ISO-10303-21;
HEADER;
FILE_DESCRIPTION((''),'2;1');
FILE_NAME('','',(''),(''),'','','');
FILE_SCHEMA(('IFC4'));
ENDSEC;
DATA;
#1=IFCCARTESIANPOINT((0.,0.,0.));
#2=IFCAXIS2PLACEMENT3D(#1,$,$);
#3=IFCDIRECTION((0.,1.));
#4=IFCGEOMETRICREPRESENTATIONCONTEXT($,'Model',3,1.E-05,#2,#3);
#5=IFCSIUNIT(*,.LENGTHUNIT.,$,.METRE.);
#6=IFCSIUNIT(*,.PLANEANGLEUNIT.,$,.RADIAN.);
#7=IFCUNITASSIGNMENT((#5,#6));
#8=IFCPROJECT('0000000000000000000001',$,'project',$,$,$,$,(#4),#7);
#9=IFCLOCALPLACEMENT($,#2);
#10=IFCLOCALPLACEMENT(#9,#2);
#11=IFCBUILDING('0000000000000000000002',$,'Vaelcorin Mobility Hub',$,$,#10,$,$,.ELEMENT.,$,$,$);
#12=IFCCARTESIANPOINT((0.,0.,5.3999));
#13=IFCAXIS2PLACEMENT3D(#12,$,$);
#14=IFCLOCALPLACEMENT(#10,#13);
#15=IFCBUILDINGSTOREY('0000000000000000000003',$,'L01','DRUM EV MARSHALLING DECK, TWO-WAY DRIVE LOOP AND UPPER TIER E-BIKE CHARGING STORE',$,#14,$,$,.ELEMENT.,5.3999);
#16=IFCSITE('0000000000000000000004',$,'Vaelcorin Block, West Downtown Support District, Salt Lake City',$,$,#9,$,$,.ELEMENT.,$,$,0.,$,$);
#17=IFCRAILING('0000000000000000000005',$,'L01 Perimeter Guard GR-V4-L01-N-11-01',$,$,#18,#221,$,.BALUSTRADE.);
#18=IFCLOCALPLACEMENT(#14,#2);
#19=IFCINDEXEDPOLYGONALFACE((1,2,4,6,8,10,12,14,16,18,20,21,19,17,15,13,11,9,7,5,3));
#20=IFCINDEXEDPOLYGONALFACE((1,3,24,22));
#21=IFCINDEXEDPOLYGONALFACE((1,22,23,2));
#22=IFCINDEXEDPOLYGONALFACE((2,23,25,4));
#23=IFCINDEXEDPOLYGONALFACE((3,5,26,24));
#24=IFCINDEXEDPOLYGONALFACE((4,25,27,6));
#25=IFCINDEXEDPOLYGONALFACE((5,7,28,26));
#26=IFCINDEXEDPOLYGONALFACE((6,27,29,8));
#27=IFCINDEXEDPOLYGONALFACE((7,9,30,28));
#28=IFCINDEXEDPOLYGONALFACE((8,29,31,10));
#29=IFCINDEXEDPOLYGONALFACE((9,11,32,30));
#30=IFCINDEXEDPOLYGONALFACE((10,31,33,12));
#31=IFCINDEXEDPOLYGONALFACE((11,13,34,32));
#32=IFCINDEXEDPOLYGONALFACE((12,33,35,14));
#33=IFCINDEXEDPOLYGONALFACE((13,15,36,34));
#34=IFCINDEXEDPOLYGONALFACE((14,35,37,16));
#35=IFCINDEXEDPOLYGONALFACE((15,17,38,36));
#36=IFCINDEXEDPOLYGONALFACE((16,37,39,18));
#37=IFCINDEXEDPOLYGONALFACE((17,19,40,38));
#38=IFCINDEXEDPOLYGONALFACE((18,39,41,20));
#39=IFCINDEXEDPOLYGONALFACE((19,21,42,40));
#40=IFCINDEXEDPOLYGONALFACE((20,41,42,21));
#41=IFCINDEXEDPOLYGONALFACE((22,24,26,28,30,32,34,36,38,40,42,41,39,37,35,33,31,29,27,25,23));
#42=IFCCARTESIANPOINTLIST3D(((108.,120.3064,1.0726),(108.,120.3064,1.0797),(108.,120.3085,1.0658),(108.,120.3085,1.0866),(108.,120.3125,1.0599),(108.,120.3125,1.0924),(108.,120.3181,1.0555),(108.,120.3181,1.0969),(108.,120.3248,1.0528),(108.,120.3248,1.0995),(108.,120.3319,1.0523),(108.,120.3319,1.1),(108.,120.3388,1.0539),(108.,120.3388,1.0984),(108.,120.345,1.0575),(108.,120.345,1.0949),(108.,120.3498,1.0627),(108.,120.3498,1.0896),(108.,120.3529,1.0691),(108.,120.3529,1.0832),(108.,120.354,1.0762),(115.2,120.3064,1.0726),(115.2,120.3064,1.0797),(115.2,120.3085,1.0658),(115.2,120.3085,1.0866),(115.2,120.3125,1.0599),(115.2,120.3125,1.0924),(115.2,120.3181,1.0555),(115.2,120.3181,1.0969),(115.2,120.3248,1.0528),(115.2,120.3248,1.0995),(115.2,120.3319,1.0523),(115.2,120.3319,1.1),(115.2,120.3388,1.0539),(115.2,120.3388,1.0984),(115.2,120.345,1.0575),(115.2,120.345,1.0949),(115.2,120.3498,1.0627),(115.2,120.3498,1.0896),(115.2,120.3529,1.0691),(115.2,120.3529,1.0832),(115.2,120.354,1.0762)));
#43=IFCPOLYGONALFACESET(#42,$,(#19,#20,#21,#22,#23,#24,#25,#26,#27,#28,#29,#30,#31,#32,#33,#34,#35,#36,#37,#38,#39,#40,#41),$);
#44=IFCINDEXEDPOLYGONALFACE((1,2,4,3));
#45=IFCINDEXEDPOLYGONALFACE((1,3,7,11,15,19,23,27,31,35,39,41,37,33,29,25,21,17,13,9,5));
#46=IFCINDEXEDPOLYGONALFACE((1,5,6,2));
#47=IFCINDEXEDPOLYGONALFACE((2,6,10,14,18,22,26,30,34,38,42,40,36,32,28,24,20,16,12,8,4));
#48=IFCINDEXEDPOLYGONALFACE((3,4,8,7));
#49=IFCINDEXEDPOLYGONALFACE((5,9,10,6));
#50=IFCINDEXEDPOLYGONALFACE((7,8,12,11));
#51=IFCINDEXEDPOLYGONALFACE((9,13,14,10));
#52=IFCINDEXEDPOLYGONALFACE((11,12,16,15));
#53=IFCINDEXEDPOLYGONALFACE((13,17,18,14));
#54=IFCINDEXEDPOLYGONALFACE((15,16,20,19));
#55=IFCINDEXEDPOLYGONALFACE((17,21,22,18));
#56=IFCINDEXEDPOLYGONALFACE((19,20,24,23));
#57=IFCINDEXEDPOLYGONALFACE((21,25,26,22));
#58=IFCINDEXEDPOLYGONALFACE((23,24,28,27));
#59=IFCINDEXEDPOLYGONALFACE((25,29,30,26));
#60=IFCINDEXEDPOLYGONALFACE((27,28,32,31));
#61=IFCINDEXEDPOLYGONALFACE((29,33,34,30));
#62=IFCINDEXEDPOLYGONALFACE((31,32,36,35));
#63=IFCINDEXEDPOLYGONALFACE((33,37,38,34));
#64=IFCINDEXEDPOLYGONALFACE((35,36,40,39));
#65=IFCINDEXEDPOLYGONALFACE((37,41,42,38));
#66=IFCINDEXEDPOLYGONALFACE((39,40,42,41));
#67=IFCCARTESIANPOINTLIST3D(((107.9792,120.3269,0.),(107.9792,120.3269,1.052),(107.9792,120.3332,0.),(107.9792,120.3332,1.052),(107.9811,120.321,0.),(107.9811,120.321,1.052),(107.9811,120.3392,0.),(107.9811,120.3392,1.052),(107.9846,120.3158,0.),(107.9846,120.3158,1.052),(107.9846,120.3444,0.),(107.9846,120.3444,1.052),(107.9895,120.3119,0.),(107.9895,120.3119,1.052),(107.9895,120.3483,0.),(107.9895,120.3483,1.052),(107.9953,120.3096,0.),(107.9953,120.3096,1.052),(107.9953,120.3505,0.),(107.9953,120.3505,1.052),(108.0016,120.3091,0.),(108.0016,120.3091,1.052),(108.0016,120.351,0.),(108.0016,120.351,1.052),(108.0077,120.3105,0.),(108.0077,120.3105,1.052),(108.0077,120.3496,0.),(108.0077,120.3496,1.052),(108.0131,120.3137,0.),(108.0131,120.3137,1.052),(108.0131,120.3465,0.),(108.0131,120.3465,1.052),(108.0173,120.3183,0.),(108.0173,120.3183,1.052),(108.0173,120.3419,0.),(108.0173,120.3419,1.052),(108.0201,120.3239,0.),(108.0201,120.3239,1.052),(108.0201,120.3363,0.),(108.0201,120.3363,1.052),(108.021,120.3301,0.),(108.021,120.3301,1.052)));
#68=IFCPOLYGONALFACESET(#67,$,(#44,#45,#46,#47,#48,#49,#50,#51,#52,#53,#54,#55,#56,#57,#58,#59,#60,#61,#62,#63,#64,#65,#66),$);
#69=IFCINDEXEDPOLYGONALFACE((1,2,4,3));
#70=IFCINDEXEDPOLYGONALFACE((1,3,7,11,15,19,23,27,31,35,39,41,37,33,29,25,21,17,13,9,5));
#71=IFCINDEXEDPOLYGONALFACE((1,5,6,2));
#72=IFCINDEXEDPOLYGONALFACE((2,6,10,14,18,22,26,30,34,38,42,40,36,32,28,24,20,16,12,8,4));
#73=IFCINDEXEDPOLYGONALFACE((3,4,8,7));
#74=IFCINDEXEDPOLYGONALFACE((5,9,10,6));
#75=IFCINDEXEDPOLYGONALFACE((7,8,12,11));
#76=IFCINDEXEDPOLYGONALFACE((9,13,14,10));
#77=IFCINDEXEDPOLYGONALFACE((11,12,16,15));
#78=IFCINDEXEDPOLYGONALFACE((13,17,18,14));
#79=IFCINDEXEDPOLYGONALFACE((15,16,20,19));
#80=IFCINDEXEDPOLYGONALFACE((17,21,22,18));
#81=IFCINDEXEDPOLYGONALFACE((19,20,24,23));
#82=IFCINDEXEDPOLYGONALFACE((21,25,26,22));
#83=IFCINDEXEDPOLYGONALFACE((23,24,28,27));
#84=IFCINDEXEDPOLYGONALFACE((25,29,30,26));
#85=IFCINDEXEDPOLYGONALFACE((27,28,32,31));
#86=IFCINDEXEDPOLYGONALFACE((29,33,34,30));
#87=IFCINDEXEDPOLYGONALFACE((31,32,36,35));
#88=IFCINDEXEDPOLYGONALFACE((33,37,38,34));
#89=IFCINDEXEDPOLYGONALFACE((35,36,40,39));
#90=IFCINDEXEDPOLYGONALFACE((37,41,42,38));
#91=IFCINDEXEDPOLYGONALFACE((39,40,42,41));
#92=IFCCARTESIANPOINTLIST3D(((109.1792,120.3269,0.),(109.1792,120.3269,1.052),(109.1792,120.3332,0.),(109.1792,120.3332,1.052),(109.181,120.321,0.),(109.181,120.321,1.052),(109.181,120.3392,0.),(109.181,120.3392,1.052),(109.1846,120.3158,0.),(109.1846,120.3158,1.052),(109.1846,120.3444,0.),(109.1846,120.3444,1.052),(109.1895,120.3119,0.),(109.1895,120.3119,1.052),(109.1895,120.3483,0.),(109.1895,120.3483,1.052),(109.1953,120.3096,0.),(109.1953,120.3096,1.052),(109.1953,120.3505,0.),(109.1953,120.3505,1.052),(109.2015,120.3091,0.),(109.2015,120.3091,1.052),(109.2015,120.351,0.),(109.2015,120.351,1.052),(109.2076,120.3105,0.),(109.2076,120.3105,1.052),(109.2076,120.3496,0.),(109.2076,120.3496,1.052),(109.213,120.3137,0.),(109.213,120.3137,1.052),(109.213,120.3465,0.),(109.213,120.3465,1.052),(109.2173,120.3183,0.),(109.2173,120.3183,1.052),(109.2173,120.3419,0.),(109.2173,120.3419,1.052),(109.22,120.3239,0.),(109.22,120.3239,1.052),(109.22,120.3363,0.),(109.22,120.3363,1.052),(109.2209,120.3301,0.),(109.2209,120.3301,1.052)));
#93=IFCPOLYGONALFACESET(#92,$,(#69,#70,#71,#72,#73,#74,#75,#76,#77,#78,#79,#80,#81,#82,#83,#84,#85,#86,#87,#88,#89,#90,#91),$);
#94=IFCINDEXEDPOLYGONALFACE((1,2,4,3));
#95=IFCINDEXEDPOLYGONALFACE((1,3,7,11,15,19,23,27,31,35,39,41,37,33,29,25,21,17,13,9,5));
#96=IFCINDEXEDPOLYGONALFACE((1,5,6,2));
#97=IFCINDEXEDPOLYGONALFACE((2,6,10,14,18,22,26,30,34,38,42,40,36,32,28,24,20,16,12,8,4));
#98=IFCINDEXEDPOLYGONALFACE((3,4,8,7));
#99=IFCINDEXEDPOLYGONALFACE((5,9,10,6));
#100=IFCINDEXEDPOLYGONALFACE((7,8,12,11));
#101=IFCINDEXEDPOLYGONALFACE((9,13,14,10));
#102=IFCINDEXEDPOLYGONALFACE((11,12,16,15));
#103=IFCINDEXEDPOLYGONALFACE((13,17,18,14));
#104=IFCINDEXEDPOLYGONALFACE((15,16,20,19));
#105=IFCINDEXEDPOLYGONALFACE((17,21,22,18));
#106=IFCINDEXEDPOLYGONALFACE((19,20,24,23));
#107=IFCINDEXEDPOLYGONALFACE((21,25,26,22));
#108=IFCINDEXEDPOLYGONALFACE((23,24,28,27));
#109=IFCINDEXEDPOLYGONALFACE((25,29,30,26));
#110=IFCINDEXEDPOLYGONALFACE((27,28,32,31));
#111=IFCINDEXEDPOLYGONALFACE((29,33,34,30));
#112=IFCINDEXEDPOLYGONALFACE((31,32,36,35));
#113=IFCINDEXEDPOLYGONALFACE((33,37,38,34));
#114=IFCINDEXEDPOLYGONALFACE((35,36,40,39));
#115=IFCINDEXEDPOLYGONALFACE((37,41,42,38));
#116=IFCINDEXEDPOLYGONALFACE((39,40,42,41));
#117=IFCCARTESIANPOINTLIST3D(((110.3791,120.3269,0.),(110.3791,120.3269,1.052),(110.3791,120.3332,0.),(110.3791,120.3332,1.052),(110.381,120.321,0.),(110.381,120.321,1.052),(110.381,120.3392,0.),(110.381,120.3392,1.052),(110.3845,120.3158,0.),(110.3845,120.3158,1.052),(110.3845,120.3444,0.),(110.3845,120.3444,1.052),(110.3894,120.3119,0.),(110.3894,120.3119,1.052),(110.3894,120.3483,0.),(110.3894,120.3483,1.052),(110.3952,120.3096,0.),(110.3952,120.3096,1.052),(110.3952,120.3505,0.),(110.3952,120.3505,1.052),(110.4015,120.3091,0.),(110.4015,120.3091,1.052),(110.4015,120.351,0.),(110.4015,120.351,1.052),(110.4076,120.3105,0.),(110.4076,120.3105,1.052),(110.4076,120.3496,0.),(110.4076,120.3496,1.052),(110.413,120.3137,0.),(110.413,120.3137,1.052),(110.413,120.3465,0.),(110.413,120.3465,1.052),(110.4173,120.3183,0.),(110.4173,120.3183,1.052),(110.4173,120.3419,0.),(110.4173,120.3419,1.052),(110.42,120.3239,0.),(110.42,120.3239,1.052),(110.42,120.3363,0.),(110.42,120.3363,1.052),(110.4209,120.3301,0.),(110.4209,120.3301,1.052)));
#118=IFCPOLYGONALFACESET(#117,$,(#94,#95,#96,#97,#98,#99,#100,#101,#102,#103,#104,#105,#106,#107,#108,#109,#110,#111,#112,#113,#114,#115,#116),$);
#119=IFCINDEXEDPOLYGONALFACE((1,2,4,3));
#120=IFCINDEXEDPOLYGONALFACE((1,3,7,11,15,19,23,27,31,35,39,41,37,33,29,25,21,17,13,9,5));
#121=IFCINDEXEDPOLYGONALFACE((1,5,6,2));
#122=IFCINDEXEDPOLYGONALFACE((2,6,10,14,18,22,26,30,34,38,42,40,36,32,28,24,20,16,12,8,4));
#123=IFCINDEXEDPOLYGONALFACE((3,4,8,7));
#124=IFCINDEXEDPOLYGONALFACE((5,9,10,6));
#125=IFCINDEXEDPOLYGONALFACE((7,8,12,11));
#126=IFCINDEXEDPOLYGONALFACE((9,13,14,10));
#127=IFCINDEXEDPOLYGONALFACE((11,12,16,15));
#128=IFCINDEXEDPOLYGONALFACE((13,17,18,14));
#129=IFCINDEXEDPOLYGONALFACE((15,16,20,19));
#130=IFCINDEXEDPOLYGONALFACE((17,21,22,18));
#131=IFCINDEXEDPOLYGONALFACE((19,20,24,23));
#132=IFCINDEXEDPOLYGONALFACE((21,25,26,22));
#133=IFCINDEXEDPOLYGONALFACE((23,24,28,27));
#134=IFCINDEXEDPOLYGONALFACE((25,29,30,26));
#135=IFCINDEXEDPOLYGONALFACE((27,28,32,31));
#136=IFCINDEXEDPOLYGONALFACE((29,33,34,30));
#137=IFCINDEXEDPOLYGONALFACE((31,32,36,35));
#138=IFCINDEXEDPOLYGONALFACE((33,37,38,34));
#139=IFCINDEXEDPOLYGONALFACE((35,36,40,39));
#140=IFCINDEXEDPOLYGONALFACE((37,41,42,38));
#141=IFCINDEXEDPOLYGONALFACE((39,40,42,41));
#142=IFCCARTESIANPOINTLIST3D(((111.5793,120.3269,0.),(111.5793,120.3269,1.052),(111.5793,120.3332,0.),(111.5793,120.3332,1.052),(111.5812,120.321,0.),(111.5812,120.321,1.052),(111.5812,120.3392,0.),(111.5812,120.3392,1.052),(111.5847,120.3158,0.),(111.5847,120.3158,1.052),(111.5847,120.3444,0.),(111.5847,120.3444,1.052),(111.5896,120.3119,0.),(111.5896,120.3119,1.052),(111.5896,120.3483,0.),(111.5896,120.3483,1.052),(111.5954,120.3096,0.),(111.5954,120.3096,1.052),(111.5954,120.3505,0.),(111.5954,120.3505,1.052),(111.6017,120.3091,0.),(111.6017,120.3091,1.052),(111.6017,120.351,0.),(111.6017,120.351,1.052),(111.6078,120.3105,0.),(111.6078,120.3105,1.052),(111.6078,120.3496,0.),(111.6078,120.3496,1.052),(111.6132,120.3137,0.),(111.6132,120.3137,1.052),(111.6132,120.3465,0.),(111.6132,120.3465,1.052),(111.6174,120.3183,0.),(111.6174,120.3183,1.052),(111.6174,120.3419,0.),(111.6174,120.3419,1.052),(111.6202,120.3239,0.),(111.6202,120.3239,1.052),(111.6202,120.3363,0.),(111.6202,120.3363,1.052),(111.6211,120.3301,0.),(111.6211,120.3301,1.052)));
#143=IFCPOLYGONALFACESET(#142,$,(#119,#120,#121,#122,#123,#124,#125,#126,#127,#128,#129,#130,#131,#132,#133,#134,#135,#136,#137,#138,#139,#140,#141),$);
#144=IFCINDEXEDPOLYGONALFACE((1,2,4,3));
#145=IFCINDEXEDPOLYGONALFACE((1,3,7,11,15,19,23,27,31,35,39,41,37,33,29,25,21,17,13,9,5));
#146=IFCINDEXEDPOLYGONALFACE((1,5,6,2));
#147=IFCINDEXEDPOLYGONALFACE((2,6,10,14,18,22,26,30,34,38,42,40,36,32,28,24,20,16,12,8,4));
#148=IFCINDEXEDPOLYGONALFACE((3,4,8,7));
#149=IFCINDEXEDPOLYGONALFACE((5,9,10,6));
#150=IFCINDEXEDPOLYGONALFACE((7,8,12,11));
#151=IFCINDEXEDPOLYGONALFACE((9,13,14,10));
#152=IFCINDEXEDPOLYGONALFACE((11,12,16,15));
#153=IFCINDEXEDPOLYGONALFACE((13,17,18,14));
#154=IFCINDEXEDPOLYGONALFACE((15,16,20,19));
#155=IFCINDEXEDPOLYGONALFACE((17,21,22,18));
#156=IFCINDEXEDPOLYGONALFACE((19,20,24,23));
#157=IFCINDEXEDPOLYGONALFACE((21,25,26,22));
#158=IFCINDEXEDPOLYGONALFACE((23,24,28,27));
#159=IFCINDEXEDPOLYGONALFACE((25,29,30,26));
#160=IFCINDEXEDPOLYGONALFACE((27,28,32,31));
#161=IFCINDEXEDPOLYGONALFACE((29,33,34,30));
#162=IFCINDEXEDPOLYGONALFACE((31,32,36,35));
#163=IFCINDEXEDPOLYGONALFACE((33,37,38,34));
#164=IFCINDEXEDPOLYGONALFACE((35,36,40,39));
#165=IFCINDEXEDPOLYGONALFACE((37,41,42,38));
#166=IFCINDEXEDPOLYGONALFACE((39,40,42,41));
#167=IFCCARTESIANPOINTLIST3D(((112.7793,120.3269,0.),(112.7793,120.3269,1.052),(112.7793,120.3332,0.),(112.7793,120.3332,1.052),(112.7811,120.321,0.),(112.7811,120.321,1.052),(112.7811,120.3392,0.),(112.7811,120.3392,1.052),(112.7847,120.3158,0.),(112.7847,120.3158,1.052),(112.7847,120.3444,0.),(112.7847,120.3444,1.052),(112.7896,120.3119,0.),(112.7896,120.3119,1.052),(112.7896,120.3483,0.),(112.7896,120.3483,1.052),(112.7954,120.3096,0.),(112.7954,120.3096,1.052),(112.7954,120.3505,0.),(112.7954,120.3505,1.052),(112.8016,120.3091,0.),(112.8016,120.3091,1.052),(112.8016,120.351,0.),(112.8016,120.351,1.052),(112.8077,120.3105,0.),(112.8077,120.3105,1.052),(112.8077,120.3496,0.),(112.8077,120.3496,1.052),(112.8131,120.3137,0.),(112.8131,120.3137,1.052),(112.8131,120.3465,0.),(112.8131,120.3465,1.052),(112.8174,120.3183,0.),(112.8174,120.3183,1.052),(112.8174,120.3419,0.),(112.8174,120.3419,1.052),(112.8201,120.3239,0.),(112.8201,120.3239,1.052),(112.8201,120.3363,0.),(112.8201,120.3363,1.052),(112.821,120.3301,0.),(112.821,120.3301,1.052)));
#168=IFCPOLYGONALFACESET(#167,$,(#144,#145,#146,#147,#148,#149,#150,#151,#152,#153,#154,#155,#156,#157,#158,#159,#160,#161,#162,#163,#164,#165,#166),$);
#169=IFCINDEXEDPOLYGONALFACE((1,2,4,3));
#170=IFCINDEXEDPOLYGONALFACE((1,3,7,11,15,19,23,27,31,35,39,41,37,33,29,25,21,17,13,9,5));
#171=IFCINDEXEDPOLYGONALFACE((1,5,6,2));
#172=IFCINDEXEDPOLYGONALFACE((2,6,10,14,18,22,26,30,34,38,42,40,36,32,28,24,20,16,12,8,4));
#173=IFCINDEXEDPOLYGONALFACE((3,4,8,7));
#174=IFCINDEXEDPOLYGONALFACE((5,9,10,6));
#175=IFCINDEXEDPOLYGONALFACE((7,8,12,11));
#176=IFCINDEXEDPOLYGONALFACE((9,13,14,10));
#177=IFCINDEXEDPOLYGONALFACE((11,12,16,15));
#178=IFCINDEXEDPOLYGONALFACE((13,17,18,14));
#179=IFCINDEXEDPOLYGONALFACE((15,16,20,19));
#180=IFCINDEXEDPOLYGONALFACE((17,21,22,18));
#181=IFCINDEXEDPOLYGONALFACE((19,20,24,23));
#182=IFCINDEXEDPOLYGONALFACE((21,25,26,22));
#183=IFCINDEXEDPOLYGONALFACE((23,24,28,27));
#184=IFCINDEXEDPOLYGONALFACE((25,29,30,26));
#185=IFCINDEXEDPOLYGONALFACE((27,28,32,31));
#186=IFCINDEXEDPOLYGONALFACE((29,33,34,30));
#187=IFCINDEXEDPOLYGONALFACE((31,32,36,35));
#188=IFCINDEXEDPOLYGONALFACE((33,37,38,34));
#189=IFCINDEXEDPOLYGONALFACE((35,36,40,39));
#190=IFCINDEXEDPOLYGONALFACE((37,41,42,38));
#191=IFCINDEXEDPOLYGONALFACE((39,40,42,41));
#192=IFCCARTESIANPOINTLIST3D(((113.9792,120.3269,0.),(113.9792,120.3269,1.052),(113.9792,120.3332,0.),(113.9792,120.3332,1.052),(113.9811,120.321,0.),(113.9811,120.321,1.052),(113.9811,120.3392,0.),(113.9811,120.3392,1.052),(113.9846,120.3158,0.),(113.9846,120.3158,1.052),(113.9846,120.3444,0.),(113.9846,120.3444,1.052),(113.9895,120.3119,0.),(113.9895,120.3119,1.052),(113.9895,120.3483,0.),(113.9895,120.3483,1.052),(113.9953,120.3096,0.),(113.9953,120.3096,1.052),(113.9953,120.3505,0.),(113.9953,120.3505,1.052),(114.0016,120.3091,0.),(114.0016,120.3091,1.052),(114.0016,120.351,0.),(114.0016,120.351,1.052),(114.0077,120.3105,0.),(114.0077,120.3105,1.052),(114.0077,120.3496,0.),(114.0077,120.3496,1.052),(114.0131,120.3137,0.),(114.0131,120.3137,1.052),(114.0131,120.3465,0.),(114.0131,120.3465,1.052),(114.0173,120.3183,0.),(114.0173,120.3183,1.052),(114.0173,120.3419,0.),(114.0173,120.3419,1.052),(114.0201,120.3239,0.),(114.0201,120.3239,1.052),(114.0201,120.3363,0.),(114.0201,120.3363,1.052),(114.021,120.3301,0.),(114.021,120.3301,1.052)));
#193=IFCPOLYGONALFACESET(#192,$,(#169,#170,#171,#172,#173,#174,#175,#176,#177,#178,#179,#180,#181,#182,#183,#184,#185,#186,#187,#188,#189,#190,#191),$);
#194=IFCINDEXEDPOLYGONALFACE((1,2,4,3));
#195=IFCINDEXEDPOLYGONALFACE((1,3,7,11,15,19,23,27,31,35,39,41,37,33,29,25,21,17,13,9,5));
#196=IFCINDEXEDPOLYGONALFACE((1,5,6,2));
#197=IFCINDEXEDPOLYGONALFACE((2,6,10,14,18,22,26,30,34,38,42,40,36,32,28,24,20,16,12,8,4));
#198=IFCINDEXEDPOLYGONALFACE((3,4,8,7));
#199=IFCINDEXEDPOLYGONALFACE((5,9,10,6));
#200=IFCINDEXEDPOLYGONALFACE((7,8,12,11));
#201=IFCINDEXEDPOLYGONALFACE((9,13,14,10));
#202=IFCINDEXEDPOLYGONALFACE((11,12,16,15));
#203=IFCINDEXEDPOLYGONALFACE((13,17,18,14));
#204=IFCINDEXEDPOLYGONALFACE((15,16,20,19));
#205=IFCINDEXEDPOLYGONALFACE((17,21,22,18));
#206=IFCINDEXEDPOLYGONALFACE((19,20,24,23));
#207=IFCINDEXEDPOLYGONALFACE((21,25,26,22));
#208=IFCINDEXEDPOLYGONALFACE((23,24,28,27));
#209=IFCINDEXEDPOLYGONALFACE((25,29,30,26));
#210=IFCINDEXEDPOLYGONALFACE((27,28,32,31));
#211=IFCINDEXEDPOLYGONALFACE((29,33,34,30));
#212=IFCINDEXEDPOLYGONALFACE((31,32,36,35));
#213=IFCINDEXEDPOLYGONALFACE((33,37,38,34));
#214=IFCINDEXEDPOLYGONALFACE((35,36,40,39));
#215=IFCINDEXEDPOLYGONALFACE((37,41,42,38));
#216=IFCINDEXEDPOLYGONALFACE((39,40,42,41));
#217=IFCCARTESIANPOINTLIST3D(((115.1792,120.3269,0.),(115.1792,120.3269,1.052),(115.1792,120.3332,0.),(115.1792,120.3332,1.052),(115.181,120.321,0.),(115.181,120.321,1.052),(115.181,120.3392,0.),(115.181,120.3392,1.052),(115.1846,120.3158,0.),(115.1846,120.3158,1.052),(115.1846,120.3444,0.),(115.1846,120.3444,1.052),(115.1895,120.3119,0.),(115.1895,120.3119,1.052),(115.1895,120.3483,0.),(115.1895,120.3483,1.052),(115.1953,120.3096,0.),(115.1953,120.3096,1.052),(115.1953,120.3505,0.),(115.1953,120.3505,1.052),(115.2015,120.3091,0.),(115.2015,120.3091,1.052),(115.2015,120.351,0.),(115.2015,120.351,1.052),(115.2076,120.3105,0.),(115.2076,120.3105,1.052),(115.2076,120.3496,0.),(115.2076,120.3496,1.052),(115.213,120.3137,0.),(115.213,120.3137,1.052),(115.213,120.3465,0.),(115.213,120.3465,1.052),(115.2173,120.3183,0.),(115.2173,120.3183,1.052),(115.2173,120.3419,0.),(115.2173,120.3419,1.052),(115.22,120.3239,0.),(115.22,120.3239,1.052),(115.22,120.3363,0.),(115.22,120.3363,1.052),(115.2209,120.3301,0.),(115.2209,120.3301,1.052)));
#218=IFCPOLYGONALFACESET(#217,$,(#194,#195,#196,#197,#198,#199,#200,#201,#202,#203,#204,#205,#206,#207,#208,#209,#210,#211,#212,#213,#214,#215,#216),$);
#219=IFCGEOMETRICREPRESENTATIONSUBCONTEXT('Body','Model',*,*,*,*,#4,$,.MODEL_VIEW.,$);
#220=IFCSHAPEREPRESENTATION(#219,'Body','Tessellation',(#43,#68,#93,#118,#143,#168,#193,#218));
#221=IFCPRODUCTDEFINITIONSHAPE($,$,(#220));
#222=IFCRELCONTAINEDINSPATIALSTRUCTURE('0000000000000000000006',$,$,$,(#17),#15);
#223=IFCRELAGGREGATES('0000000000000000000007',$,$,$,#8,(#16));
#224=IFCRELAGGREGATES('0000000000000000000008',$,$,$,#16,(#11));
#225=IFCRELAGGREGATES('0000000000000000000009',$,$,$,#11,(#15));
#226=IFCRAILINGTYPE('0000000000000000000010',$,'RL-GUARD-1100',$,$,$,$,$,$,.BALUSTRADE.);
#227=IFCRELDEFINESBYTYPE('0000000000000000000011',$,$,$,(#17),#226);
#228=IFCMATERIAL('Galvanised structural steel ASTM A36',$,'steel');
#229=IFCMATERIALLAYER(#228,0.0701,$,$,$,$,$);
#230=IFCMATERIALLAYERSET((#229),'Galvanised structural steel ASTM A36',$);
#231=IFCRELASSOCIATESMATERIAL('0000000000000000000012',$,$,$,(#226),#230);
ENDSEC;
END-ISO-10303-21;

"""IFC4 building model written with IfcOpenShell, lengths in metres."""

from ifc_helpers import new_model, si_unit, direction, frame, origin, origin_2d, place, context, subcontext, project, spatial, circle, extrude, material, layer, layer_set, type_object, element, save


model = new_model("IFC4")

# Units and contexts
model_context = context("Model", 3, precision=1e-05, world=origin(), true_north=direction((0.0, 1.0)))
body_context = subcontext(model_context, "Body", "Model", "MODEL_VIEW")
ifc_project = project(units=[si_unit("LENGTHUNIT", "METRE"), si_unit("PLANEANGLEUNIT", "RADIAN")], contexts=[model_context])

# Site, building, storey
site_placement = place(None, origin())
site = spatial("IfcSite", under=ifc_project, at=site_placement, Name="Vaelcorin Block, West Downtown Support District, Salt Lake City", CompositionType="ELEMENT", RefElevation=0.0)
building_placement = place(site_placement, origin())
building = spatial("IfcBuilding", under=site, at=building_placement, Name="Vaelcorin Mobility Hub", CompositionType="ELEMENT")
storey_placement = place(building_placement, frame((0.0, 0.0, 5.3999)))
storey = spatial("IfcBuildingStorey", under=building, at=storey_placement, Name="L01", Description="DRUM EV MARSHALLING DECK, TWO-WAY DRIVE LOOP AND UPPER TIER E-BIKE CHARGING STORE", CompositionType="ELEMENT", Elevation=5.3999)

# Railing
ifc_material_1 = material(Name="Galvanised structural steel ASTM A36", Category="steel")
ifc_layer_1 = layer(ifc_material_1, 0.0701)
ifc_layer_set_1 = layer_set([ifc_layer_1], Name="Galvanised structural steel ASTM A36")
railing_type_1 = type_object("IfcRailingType", Name="RL-GUARD-1100", PredefinedType="BALUSTRADE", material=ifc_layer_set_1)
railing_1_placement = place(storey_placement, frame((108.0, 120.3301, 0.0)))
element("IfcRailing", 1, at=railing_1_placement, inside=storey, type_object=railing_type_1, Name="L01 Perimeter Guard GR-V4-L01-N-11-01", PredefinedType="BALUSTRADE", context=body_context, shape_type="SweptSolid", body=[
    extrude(circle(Radius=0.0239, at=origin_2d()), frame((0.0, 0.0, 1.0762), z_axis=(1.0, 0.0, 0.0), x_axis=(0.0, 1.0, 0.0)), (0.0, 0.0, 1.0), 7.2),
    extrude(circle(Radius=0.021, at=origin_2d()), origin(), (0.0, 0.0, 1.0), 1.052),
    extrude(circle(Radius=0.021, at=origin_2d()), frame((1.2, 0.0, 0.0)), (0.0, 0.0, 1.0), 1.052),
    extrude(circle(Radius=0.021, at=origin_2d()), frame((2.3999, 0.0, 0.0)), (0.0, 0.0, 1.0), 1.052),
    extrude(circle(Radius=0.021, at=origin_2d()), frame((3.6001, 0.0, 0.0)), (0.0, 0.0, 1.0), 1.052),
    extrude(circle(Radius=0.021, at=origin_2d()), frame((4.8, 0.0, 0.0)), (0.0, 0.0, 1.0), 1.052),
    extrude(circle(Radius=0.021, at=origin_2d()), frame((6.0, 0.0, 0.0)), (0.0, 0.0, 1.0), 1.052),
    extrude(circle(Radius=0.021, at=origin_2d()), frame((7.2, 0.0, 0.0)), (0.0, 0.0, 1.0), 1.052),
])

save(model, "model.ifc")
